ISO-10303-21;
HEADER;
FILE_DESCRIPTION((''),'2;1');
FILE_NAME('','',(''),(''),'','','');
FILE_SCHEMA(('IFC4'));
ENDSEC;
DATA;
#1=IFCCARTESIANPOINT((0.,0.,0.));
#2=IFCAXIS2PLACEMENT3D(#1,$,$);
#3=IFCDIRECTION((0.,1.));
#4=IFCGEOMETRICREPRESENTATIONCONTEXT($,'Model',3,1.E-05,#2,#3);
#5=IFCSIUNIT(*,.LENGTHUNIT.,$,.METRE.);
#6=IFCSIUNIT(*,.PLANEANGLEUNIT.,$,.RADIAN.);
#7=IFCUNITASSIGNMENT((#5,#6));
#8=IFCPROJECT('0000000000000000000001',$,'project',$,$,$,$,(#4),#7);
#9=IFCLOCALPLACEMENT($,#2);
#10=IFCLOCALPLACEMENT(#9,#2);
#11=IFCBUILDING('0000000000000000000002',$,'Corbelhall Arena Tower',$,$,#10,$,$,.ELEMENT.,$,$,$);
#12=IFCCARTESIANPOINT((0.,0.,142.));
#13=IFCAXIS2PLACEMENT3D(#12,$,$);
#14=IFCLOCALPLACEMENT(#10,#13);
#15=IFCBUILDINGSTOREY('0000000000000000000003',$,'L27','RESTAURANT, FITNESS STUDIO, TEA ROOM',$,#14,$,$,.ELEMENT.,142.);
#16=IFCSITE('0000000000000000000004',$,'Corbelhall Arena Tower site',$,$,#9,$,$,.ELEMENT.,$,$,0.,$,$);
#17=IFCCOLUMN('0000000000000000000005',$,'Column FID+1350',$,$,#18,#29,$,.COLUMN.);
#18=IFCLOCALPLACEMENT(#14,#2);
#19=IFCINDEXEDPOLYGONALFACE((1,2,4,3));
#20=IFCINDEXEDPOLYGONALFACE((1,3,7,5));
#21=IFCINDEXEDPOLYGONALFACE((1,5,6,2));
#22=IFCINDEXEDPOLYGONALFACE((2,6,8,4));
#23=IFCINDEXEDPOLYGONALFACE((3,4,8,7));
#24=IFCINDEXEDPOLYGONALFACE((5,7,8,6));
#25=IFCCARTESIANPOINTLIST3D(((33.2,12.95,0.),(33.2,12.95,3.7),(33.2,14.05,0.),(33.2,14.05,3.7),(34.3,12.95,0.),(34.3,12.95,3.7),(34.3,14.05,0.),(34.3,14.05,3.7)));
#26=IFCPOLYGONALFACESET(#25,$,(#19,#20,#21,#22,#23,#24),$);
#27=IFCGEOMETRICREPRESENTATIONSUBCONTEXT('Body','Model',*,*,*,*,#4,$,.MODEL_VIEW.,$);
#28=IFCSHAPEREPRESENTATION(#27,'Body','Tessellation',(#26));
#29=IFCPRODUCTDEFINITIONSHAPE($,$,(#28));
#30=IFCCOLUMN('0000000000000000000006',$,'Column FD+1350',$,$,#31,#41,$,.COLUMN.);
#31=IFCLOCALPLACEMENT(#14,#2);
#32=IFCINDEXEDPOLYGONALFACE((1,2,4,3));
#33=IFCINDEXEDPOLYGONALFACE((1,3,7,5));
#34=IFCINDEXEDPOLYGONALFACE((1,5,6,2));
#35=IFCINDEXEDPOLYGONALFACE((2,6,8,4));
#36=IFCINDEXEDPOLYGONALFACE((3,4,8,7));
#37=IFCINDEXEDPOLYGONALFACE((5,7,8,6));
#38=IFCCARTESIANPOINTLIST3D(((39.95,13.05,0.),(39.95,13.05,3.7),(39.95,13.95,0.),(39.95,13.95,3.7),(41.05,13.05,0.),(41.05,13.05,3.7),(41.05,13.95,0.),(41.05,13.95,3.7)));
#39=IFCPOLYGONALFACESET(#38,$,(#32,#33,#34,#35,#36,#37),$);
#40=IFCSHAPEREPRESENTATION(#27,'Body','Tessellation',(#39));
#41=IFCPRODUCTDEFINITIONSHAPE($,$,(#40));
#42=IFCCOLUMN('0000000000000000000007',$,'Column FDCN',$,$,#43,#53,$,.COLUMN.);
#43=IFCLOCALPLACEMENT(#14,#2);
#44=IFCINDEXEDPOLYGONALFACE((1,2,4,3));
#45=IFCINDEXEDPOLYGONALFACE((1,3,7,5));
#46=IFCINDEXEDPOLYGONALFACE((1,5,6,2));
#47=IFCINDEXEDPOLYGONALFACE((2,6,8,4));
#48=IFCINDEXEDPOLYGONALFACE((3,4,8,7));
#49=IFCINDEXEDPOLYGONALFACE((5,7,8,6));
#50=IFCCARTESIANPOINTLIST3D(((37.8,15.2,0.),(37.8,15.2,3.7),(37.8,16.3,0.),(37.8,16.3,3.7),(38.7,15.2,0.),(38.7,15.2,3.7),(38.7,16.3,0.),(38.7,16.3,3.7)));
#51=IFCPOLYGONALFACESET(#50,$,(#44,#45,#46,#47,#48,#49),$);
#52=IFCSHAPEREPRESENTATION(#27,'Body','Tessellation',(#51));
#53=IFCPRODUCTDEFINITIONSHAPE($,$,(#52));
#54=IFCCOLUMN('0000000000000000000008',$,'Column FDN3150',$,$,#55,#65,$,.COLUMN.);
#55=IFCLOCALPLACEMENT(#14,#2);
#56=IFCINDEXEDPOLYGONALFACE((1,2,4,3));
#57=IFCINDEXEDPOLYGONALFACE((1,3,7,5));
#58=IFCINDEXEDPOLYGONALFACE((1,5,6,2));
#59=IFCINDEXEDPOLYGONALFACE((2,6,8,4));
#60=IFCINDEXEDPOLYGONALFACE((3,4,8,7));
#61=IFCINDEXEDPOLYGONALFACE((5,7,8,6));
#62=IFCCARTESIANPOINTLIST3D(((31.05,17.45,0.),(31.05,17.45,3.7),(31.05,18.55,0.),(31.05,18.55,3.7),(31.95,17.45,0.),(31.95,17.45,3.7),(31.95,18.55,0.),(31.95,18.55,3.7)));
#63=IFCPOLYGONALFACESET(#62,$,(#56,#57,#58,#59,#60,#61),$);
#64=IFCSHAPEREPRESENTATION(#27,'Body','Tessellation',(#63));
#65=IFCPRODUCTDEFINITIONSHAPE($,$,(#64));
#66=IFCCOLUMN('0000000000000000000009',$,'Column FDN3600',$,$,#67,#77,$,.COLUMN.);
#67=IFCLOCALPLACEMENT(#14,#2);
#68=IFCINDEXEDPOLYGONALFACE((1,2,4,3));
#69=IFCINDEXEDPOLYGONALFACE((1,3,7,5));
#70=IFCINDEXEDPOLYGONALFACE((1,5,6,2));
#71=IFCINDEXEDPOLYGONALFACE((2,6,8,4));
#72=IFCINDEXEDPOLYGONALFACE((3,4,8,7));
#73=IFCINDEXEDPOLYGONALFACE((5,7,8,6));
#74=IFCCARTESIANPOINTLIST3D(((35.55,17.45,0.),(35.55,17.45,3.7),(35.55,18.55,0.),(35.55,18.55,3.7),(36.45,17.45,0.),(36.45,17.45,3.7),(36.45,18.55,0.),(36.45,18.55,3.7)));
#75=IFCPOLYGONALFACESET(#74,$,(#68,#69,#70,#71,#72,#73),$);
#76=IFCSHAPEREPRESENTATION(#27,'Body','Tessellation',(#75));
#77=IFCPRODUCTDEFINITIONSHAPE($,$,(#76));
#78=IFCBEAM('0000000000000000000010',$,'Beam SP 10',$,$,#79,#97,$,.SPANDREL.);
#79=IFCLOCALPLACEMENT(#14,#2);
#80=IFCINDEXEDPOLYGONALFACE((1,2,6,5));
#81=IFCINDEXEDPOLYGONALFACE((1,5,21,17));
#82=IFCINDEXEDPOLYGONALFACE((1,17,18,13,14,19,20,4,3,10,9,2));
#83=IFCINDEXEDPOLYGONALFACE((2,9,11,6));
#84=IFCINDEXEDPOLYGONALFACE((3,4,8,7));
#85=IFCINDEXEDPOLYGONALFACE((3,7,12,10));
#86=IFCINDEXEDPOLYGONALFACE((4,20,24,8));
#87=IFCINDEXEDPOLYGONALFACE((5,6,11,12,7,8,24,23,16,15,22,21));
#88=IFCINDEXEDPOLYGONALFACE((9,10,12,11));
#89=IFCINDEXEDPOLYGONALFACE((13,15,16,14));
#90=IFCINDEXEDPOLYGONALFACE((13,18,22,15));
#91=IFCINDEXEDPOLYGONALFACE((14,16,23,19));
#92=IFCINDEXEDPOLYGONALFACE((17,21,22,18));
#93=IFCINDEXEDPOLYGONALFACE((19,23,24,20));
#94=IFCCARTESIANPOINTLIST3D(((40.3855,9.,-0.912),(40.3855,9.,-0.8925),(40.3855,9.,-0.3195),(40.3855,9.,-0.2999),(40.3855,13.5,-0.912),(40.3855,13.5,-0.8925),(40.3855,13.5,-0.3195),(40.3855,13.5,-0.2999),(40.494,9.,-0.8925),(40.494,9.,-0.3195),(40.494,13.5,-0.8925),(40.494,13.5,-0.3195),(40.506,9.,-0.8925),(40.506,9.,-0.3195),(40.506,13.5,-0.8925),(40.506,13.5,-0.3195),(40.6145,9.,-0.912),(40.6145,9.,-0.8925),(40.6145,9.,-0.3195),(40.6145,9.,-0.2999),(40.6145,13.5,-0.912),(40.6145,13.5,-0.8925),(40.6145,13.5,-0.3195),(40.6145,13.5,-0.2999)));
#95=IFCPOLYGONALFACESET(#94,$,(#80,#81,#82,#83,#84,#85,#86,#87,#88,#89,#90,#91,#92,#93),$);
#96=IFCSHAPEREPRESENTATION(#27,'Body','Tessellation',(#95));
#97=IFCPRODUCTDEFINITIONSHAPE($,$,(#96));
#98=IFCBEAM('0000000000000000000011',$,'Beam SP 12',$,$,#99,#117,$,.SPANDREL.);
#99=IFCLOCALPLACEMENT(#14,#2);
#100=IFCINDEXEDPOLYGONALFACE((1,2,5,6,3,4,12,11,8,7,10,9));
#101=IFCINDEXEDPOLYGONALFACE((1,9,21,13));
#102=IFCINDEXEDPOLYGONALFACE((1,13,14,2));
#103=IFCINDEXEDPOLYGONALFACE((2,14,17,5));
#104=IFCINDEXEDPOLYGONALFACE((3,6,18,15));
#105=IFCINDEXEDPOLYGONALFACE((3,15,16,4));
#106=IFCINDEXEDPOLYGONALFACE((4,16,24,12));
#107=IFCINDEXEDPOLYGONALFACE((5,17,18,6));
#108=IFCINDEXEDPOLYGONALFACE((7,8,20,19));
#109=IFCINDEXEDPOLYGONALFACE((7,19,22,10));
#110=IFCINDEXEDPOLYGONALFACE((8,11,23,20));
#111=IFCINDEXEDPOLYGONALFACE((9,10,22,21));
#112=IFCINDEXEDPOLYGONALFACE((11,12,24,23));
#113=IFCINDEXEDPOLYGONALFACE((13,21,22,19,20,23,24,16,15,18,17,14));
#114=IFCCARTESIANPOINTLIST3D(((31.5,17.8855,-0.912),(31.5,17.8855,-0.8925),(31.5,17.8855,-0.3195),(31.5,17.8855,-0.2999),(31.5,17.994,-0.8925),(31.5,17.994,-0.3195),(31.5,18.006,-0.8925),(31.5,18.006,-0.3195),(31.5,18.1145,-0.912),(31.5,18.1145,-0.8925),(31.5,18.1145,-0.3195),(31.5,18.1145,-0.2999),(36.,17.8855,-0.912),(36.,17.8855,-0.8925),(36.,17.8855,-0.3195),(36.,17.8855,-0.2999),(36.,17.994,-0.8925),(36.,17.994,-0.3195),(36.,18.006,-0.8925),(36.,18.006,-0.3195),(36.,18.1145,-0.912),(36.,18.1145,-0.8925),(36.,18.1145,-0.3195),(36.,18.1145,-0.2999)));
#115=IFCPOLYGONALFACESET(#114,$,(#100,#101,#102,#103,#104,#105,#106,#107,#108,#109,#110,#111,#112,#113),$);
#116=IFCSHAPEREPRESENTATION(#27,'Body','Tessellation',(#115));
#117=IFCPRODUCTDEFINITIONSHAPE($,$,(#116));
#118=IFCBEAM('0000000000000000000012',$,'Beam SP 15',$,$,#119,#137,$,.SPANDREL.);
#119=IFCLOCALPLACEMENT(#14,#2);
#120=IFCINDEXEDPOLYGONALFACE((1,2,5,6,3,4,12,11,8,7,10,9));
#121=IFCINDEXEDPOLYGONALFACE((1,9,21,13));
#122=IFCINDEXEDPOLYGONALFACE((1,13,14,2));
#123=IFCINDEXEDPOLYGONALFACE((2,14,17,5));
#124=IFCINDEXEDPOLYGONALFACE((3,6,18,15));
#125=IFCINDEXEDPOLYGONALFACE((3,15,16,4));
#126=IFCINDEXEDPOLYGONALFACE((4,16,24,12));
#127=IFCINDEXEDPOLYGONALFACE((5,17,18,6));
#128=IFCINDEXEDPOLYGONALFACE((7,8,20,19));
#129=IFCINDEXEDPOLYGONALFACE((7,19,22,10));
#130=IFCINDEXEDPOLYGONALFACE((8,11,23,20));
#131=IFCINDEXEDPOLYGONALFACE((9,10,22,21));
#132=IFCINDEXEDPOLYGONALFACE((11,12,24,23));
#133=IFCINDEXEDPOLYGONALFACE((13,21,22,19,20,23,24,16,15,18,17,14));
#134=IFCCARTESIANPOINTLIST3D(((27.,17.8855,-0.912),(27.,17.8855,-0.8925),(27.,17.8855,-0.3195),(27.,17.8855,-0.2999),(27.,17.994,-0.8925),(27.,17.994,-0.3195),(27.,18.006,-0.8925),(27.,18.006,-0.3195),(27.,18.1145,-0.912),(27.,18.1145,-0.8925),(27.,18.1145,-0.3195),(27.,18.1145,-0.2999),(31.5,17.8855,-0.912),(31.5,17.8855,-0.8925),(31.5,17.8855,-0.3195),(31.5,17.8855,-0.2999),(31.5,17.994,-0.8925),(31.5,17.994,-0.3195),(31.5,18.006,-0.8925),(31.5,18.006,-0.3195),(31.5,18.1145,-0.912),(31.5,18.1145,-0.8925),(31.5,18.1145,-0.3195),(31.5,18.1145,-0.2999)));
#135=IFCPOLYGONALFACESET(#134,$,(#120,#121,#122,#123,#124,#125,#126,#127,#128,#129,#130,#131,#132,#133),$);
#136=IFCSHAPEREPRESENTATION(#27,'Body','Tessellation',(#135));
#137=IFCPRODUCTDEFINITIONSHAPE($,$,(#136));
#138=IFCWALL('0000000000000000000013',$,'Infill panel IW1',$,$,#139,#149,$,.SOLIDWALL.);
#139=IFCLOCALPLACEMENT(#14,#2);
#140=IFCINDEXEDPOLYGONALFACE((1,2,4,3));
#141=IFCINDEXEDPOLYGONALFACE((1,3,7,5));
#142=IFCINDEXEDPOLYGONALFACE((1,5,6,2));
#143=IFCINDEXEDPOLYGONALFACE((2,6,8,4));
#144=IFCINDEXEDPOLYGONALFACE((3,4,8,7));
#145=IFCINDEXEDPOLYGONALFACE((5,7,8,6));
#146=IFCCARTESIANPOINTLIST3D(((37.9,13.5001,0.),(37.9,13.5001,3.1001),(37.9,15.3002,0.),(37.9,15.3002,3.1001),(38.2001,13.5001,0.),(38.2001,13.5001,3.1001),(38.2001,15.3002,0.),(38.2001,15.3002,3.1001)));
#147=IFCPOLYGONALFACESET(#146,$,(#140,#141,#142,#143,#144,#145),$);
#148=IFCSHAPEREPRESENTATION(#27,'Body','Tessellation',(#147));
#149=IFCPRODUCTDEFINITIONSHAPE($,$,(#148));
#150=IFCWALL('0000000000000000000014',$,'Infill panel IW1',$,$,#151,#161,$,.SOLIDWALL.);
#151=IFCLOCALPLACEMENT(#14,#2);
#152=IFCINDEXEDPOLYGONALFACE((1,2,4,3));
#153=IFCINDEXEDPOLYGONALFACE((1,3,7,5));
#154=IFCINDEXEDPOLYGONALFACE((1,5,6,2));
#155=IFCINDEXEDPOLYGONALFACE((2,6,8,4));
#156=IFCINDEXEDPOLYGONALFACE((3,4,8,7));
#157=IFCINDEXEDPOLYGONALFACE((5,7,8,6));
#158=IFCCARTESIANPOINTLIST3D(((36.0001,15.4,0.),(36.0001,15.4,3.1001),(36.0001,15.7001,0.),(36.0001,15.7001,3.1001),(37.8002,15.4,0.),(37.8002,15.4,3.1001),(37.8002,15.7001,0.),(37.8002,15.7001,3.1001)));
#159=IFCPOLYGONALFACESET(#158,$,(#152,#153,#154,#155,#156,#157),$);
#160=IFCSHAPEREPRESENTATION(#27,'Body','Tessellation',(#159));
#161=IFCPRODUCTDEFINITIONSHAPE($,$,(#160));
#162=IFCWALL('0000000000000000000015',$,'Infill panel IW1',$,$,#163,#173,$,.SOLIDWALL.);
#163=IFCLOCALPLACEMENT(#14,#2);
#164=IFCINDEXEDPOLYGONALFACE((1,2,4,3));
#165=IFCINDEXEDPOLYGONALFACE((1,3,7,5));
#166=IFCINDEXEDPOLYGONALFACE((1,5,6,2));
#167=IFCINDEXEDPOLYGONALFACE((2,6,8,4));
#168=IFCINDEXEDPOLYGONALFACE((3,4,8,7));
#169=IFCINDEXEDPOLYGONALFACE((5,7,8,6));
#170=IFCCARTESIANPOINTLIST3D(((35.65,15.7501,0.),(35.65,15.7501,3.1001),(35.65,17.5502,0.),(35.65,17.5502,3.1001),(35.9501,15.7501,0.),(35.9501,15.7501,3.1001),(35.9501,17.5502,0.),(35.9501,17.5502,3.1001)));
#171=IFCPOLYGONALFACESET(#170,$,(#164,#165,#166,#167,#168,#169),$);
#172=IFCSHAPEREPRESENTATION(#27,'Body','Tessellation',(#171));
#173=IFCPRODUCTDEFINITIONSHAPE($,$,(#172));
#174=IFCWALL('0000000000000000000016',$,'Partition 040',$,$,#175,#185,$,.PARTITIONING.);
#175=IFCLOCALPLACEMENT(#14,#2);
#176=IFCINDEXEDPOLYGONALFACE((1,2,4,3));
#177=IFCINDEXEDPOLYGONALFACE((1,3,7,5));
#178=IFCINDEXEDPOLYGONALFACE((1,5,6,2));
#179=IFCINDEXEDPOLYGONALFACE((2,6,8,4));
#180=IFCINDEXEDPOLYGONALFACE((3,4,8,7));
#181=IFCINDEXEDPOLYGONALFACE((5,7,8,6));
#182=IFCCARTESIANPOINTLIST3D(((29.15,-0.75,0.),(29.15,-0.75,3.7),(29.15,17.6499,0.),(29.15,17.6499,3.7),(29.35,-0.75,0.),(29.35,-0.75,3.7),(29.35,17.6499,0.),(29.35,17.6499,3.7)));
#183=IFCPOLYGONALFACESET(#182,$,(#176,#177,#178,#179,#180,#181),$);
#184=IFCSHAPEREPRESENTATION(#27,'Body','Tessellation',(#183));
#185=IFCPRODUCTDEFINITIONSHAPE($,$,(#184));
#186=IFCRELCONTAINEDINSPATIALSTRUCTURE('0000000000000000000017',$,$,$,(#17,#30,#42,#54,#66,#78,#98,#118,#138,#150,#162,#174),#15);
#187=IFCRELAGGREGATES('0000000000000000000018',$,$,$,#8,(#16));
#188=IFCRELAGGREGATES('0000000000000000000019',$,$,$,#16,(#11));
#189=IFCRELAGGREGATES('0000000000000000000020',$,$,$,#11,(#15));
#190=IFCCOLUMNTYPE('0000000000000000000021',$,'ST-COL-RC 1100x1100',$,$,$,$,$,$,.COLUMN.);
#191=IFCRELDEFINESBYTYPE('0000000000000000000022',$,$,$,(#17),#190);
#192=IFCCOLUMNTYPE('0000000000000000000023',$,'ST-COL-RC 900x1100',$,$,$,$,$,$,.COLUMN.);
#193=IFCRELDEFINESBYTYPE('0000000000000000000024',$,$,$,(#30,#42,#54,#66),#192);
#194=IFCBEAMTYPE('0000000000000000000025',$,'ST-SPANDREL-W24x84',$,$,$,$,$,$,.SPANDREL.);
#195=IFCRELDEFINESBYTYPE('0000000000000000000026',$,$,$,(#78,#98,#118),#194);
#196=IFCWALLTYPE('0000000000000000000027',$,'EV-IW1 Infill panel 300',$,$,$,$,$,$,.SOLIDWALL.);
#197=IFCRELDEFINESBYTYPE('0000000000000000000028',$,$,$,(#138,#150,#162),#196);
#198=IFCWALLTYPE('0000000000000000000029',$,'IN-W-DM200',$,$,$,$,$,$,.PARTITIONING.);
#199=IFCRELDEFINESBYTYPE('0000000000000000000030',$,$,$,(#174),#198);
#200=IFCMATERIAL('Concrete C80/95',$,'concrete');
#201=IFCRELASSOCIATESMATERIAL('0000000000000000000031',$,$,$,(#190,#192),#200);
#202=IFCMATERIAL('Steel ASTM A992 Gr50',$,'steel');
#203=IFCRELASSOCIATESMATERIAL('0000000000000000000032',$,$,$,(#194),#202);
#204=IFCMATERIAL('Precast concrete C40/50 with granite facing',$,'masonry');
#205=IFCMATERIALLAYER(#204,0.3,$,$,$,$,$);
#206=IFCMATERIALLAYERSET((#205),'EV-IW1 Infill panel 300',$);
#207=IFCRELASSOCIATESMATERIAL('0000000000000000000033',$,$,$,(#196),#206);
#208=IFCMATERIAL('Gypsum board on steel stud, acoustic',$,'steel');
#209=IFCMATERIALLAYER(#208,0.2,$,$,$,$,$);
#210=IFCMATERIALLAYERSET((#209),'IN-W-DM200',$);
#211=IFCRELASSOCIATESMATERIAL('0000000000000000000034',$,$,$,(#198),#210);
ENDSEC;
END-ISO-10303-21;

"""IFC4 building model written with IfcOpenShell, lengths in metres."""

from ifc_helpers import new_model, si_unit, direction, frame, frame_2d, origin, origin_2d, place, context, subcontext, project, spatial, rectangle, i_section, extrude, material, layer, layer_set, material_profile, profile_set, type_object, element, save


model = new_model("IFC4")

# Units and contexts
model_context = context("Model", 3, precision=1e-05, world=origin(), true_north=direction((0.0, 1.0)))
body_context = subcontext(model_context, "Body", "Model", "MODEL_VIEW")
ifc_project = project(units=[si_unit("LENGTHUNIT", "METRE"), si_unit("PLANEANGLEUNIT", "RADIAN")], contexts=[model_context])

# Site, building, storey
site_placement = place(None, origin())
site = spatial("IfcSite", under=ifc_project, at=site_placement, Name="Corbelhall Arena Tower site", CompositionType="ELEMENT", RefElevation=0.0)
building_placement = place(site_placement, origin())
building = spatial("IfcBuilding", under=site, at=building_placement, Name="Corbelhall Arena Tower", CompositionType="ELEMENT")
storey_placement = place(building_placement, frame((0.0, 0.0, 142.0)))
storey = spatial("IfcBuildingStorey", under=building, at=storey_placement, Name="L27", Description="RESTAURANT, FITNESS STUDIO, TEA ROOM", CompositionType="ELEMENT", Elevation=142.0)

# Columns
ifc_material_1 = material(Name="Concrete C80/95", Category="concrete")
ifc_material_profile_1 = material_profile(ifc_material_1, rectangle(XDim=1.1001, YDim=1.1001, at=origin_2d()))
ifc_profile_set_1 = profile_set([ifc_material_profile_1], Name="Concrete C80/95")
column_type_1 = type_object("IfcColumnType", Name="ST-COL-RC 1100x1100", PredefinedType="COLUMN", material=ifc_profile_set_1)
column_placement = place(storey_placement, frame((33.75, 13.5, 0.0), z_axis=(0.0, 0.0, 1.0), x_axis=(1.0, 0.0, 0.0)))
element("IfcColumn", 1, at=column_placement, inside=storey, type_object=column_type_1, Name="Column FID+1350", PredefinedType="COLUMN", context=body_context, shape_type="SweptSolid", body=[
    extrude(rectangle(XDim=1.1001, YDim=1.1001, at=origin_2d()), origin(), (0.0, 0.0, 1.0), 3.7),
])
ifc_material_profile_2 = material_profile(ifc_material_1, rectangle(XDim=0.8999, YDim=1.1001, at=origin_2d()))
ifc_profile_set_2 = profile_set([ifc_material_profile_2], Name="Concrete C80/95")
column_type_2 = type_object("IfcColumnType", Name="ST-COL-RC 900x1100", PredefinedType="COLUMN", material=ifc_profile_set_2)
for number, where, z_axis, x_axis, name in (
    (2, (40.5, 13.5, 0.0), (0.0, 0.0, 1.0), (0.0, 1.0, 0.0), "Column FD+1350"),
    (3, (38.25, 15.75, 0.0), (0.0, 0.0, 1.0), (1.0, 0.0, 0.0), "Column FDCN"),
    (4, (31.5, 18.0, 0.0), (0.0, 0.0, 1.0), (1.0, 0.0, 0.0), "Column FDN3150"),
    (5, (36.0, 18.0, 0.0), (0.0, 0.0, 1.0), (1.0, 0.0, 0.0), "Column FDN3600"),
):
    element("IfcColumn", number, at=place(storey_placement, frame(where, z_axis=z_axis, x_axis=x_axis)), inside=storey, type_object=column_type_2, Name=name, PredefinedType="COLUMN", context=body_context, shape_type="SweptSolid", body=[
        extrude(rectangle(XDim=0.8999, YDim=1.1001, at=origin_2d()), origin(), (0.0, 0.0, 1.0), 3.7),
    ])

# Beams
ifc_material_2 = material(Name="Steel ASTM A992 Gr50", Category="steel")
ifc_material_profile_3 = material_profile(ifc_material_2, i_section(OverallWidth=0.229, OverallDepth=0.6121, WebThickness=0.012, FlangeThickness=0.0195, at=origin_2d()))
ifc_profile_set_3 = profile_set([ifc_material_profile_3], Name="Steel ASTM A992 Gr50")
beam_type = type_object("IfcBeamType", Name="ST-SPANDREL-W24x84", PredefinedType="SPANDREL", material=ifc_profile_set_3)
for number, where, z_axis, x_axis, name in (
    (6, (40.5, 13.5, -0.606), (0.0, -1.0, 0.0), (1.0, 0.0, 0.0), "Beam SP 10"),
    (7, (31.5, 18.0, -0.606), (1.0, 0.0, 0.0), (0.0, 1.0, 0.0), "Beam SP 12"),
    (8, (27.0, 18.0, -0.606), (1.0, 0.0, 0.0), (0.0, 1.0, 0.0), "Beam SP 15"),
):
    element("IfcBeam", number, at=place(storey_placement, frame(where, z_axis=z_axis, x_axis=x_axis)), inside=storey, type_object=beam_type, Name=name, PredefinedType="SPANDREL", context=body_context, shape_type="SweptSolid", body=[
        extrude(i_section(OverallWidth=0.229, OverallDepth=0.6121, WebThickness=0.012, FlangeThickness=0.0195, at=origin_2d()), origin(), (0.0, 0.0, 1.0), 4.5),
    ])

# Walls
ifc_material_3 = material(Name="Precast concrete C40/50 with granite facing", Category="masonry")
ifc_layer_1 = layer(ifc_material_3, 0.3)
ifc_layer_set_1 = layer_set([ifc_layer_1], Name="EV-IW1 Infill panel 300")
wall_type_1 = type_object("IfcWallType", Name="EV-IW1 Infill panel 300", PredefinedType="SOLIDWALL", material=ifc_layer_set_1)
for number, where, z_axis, x_axis, name in (
    (9, (38.05, 15.3, 0.0), (0.0, 0.0, 1.0), (0.0, -1.0, 0.0), "Infill panel IW1"),
    (10, (37.8, 15.55, 0.0), (0.0, 0.0, 1.0), (-1.0, 0.0, 0.0), "Infill panel IW1"),
    (11, (35.8, 17.55, 0.0), (0.0, 0.0, 1.0), (0.0, -1.0, 0.0), "Infill panel IW1"),
):
    element("IfcWall", number, at=place(storey_placement, frame(where, z_axis=z_axis, x_axis=x_axis)), inside=storey, type_object=wall_type_1, Name=name, PredefinedType="SOLIDWALL", context=body_context, shape_type="SweptSolid", body=[
        extrude(rectangle(XDim=1.8, YDim=0.3, at=frame_2d((0.8999, 0.0))), origin(), (0.0, 0.0, 1.0), 3.1001),
    ])

# Wall
ifc_material_4 = material(Name="Gypsum board on steel stud, acoustic", Category="steel")
ifc_layer_2 = layer(ifc_material_4, 0.2)
ifc_layer_set_2 = layer_set([ifc_layer_2], Name="IN-W-DM200")
wall_type_2 = type_object("IfcWallType", Name="IN-W-DM200", PredefinedType="PARTITIONING", material=ifc_layer_set_2)
wall_1_placement = place(storey_placement, frame((29.25, 17.6499, 0.0), z_axis=(0.0, 0.0, 1.0), x_axis=(0.0, -1.0, 0.0)))
element("IfcWall", 12, at=wall_1_placement, inside=storey, type_object=wall_type_2, Name="Partition 040", PredefinedType="PARTITIONING", context=body_context, shape_type="SweptSolid", body=[
    extrude(rectangle(XDim=18.3999, YDim=0.2, at=frame_2d((9.2, 0.0))), origin(), (0.0, 0.0, 1.0), 3.7),
])

save(model, "model.ifc")
